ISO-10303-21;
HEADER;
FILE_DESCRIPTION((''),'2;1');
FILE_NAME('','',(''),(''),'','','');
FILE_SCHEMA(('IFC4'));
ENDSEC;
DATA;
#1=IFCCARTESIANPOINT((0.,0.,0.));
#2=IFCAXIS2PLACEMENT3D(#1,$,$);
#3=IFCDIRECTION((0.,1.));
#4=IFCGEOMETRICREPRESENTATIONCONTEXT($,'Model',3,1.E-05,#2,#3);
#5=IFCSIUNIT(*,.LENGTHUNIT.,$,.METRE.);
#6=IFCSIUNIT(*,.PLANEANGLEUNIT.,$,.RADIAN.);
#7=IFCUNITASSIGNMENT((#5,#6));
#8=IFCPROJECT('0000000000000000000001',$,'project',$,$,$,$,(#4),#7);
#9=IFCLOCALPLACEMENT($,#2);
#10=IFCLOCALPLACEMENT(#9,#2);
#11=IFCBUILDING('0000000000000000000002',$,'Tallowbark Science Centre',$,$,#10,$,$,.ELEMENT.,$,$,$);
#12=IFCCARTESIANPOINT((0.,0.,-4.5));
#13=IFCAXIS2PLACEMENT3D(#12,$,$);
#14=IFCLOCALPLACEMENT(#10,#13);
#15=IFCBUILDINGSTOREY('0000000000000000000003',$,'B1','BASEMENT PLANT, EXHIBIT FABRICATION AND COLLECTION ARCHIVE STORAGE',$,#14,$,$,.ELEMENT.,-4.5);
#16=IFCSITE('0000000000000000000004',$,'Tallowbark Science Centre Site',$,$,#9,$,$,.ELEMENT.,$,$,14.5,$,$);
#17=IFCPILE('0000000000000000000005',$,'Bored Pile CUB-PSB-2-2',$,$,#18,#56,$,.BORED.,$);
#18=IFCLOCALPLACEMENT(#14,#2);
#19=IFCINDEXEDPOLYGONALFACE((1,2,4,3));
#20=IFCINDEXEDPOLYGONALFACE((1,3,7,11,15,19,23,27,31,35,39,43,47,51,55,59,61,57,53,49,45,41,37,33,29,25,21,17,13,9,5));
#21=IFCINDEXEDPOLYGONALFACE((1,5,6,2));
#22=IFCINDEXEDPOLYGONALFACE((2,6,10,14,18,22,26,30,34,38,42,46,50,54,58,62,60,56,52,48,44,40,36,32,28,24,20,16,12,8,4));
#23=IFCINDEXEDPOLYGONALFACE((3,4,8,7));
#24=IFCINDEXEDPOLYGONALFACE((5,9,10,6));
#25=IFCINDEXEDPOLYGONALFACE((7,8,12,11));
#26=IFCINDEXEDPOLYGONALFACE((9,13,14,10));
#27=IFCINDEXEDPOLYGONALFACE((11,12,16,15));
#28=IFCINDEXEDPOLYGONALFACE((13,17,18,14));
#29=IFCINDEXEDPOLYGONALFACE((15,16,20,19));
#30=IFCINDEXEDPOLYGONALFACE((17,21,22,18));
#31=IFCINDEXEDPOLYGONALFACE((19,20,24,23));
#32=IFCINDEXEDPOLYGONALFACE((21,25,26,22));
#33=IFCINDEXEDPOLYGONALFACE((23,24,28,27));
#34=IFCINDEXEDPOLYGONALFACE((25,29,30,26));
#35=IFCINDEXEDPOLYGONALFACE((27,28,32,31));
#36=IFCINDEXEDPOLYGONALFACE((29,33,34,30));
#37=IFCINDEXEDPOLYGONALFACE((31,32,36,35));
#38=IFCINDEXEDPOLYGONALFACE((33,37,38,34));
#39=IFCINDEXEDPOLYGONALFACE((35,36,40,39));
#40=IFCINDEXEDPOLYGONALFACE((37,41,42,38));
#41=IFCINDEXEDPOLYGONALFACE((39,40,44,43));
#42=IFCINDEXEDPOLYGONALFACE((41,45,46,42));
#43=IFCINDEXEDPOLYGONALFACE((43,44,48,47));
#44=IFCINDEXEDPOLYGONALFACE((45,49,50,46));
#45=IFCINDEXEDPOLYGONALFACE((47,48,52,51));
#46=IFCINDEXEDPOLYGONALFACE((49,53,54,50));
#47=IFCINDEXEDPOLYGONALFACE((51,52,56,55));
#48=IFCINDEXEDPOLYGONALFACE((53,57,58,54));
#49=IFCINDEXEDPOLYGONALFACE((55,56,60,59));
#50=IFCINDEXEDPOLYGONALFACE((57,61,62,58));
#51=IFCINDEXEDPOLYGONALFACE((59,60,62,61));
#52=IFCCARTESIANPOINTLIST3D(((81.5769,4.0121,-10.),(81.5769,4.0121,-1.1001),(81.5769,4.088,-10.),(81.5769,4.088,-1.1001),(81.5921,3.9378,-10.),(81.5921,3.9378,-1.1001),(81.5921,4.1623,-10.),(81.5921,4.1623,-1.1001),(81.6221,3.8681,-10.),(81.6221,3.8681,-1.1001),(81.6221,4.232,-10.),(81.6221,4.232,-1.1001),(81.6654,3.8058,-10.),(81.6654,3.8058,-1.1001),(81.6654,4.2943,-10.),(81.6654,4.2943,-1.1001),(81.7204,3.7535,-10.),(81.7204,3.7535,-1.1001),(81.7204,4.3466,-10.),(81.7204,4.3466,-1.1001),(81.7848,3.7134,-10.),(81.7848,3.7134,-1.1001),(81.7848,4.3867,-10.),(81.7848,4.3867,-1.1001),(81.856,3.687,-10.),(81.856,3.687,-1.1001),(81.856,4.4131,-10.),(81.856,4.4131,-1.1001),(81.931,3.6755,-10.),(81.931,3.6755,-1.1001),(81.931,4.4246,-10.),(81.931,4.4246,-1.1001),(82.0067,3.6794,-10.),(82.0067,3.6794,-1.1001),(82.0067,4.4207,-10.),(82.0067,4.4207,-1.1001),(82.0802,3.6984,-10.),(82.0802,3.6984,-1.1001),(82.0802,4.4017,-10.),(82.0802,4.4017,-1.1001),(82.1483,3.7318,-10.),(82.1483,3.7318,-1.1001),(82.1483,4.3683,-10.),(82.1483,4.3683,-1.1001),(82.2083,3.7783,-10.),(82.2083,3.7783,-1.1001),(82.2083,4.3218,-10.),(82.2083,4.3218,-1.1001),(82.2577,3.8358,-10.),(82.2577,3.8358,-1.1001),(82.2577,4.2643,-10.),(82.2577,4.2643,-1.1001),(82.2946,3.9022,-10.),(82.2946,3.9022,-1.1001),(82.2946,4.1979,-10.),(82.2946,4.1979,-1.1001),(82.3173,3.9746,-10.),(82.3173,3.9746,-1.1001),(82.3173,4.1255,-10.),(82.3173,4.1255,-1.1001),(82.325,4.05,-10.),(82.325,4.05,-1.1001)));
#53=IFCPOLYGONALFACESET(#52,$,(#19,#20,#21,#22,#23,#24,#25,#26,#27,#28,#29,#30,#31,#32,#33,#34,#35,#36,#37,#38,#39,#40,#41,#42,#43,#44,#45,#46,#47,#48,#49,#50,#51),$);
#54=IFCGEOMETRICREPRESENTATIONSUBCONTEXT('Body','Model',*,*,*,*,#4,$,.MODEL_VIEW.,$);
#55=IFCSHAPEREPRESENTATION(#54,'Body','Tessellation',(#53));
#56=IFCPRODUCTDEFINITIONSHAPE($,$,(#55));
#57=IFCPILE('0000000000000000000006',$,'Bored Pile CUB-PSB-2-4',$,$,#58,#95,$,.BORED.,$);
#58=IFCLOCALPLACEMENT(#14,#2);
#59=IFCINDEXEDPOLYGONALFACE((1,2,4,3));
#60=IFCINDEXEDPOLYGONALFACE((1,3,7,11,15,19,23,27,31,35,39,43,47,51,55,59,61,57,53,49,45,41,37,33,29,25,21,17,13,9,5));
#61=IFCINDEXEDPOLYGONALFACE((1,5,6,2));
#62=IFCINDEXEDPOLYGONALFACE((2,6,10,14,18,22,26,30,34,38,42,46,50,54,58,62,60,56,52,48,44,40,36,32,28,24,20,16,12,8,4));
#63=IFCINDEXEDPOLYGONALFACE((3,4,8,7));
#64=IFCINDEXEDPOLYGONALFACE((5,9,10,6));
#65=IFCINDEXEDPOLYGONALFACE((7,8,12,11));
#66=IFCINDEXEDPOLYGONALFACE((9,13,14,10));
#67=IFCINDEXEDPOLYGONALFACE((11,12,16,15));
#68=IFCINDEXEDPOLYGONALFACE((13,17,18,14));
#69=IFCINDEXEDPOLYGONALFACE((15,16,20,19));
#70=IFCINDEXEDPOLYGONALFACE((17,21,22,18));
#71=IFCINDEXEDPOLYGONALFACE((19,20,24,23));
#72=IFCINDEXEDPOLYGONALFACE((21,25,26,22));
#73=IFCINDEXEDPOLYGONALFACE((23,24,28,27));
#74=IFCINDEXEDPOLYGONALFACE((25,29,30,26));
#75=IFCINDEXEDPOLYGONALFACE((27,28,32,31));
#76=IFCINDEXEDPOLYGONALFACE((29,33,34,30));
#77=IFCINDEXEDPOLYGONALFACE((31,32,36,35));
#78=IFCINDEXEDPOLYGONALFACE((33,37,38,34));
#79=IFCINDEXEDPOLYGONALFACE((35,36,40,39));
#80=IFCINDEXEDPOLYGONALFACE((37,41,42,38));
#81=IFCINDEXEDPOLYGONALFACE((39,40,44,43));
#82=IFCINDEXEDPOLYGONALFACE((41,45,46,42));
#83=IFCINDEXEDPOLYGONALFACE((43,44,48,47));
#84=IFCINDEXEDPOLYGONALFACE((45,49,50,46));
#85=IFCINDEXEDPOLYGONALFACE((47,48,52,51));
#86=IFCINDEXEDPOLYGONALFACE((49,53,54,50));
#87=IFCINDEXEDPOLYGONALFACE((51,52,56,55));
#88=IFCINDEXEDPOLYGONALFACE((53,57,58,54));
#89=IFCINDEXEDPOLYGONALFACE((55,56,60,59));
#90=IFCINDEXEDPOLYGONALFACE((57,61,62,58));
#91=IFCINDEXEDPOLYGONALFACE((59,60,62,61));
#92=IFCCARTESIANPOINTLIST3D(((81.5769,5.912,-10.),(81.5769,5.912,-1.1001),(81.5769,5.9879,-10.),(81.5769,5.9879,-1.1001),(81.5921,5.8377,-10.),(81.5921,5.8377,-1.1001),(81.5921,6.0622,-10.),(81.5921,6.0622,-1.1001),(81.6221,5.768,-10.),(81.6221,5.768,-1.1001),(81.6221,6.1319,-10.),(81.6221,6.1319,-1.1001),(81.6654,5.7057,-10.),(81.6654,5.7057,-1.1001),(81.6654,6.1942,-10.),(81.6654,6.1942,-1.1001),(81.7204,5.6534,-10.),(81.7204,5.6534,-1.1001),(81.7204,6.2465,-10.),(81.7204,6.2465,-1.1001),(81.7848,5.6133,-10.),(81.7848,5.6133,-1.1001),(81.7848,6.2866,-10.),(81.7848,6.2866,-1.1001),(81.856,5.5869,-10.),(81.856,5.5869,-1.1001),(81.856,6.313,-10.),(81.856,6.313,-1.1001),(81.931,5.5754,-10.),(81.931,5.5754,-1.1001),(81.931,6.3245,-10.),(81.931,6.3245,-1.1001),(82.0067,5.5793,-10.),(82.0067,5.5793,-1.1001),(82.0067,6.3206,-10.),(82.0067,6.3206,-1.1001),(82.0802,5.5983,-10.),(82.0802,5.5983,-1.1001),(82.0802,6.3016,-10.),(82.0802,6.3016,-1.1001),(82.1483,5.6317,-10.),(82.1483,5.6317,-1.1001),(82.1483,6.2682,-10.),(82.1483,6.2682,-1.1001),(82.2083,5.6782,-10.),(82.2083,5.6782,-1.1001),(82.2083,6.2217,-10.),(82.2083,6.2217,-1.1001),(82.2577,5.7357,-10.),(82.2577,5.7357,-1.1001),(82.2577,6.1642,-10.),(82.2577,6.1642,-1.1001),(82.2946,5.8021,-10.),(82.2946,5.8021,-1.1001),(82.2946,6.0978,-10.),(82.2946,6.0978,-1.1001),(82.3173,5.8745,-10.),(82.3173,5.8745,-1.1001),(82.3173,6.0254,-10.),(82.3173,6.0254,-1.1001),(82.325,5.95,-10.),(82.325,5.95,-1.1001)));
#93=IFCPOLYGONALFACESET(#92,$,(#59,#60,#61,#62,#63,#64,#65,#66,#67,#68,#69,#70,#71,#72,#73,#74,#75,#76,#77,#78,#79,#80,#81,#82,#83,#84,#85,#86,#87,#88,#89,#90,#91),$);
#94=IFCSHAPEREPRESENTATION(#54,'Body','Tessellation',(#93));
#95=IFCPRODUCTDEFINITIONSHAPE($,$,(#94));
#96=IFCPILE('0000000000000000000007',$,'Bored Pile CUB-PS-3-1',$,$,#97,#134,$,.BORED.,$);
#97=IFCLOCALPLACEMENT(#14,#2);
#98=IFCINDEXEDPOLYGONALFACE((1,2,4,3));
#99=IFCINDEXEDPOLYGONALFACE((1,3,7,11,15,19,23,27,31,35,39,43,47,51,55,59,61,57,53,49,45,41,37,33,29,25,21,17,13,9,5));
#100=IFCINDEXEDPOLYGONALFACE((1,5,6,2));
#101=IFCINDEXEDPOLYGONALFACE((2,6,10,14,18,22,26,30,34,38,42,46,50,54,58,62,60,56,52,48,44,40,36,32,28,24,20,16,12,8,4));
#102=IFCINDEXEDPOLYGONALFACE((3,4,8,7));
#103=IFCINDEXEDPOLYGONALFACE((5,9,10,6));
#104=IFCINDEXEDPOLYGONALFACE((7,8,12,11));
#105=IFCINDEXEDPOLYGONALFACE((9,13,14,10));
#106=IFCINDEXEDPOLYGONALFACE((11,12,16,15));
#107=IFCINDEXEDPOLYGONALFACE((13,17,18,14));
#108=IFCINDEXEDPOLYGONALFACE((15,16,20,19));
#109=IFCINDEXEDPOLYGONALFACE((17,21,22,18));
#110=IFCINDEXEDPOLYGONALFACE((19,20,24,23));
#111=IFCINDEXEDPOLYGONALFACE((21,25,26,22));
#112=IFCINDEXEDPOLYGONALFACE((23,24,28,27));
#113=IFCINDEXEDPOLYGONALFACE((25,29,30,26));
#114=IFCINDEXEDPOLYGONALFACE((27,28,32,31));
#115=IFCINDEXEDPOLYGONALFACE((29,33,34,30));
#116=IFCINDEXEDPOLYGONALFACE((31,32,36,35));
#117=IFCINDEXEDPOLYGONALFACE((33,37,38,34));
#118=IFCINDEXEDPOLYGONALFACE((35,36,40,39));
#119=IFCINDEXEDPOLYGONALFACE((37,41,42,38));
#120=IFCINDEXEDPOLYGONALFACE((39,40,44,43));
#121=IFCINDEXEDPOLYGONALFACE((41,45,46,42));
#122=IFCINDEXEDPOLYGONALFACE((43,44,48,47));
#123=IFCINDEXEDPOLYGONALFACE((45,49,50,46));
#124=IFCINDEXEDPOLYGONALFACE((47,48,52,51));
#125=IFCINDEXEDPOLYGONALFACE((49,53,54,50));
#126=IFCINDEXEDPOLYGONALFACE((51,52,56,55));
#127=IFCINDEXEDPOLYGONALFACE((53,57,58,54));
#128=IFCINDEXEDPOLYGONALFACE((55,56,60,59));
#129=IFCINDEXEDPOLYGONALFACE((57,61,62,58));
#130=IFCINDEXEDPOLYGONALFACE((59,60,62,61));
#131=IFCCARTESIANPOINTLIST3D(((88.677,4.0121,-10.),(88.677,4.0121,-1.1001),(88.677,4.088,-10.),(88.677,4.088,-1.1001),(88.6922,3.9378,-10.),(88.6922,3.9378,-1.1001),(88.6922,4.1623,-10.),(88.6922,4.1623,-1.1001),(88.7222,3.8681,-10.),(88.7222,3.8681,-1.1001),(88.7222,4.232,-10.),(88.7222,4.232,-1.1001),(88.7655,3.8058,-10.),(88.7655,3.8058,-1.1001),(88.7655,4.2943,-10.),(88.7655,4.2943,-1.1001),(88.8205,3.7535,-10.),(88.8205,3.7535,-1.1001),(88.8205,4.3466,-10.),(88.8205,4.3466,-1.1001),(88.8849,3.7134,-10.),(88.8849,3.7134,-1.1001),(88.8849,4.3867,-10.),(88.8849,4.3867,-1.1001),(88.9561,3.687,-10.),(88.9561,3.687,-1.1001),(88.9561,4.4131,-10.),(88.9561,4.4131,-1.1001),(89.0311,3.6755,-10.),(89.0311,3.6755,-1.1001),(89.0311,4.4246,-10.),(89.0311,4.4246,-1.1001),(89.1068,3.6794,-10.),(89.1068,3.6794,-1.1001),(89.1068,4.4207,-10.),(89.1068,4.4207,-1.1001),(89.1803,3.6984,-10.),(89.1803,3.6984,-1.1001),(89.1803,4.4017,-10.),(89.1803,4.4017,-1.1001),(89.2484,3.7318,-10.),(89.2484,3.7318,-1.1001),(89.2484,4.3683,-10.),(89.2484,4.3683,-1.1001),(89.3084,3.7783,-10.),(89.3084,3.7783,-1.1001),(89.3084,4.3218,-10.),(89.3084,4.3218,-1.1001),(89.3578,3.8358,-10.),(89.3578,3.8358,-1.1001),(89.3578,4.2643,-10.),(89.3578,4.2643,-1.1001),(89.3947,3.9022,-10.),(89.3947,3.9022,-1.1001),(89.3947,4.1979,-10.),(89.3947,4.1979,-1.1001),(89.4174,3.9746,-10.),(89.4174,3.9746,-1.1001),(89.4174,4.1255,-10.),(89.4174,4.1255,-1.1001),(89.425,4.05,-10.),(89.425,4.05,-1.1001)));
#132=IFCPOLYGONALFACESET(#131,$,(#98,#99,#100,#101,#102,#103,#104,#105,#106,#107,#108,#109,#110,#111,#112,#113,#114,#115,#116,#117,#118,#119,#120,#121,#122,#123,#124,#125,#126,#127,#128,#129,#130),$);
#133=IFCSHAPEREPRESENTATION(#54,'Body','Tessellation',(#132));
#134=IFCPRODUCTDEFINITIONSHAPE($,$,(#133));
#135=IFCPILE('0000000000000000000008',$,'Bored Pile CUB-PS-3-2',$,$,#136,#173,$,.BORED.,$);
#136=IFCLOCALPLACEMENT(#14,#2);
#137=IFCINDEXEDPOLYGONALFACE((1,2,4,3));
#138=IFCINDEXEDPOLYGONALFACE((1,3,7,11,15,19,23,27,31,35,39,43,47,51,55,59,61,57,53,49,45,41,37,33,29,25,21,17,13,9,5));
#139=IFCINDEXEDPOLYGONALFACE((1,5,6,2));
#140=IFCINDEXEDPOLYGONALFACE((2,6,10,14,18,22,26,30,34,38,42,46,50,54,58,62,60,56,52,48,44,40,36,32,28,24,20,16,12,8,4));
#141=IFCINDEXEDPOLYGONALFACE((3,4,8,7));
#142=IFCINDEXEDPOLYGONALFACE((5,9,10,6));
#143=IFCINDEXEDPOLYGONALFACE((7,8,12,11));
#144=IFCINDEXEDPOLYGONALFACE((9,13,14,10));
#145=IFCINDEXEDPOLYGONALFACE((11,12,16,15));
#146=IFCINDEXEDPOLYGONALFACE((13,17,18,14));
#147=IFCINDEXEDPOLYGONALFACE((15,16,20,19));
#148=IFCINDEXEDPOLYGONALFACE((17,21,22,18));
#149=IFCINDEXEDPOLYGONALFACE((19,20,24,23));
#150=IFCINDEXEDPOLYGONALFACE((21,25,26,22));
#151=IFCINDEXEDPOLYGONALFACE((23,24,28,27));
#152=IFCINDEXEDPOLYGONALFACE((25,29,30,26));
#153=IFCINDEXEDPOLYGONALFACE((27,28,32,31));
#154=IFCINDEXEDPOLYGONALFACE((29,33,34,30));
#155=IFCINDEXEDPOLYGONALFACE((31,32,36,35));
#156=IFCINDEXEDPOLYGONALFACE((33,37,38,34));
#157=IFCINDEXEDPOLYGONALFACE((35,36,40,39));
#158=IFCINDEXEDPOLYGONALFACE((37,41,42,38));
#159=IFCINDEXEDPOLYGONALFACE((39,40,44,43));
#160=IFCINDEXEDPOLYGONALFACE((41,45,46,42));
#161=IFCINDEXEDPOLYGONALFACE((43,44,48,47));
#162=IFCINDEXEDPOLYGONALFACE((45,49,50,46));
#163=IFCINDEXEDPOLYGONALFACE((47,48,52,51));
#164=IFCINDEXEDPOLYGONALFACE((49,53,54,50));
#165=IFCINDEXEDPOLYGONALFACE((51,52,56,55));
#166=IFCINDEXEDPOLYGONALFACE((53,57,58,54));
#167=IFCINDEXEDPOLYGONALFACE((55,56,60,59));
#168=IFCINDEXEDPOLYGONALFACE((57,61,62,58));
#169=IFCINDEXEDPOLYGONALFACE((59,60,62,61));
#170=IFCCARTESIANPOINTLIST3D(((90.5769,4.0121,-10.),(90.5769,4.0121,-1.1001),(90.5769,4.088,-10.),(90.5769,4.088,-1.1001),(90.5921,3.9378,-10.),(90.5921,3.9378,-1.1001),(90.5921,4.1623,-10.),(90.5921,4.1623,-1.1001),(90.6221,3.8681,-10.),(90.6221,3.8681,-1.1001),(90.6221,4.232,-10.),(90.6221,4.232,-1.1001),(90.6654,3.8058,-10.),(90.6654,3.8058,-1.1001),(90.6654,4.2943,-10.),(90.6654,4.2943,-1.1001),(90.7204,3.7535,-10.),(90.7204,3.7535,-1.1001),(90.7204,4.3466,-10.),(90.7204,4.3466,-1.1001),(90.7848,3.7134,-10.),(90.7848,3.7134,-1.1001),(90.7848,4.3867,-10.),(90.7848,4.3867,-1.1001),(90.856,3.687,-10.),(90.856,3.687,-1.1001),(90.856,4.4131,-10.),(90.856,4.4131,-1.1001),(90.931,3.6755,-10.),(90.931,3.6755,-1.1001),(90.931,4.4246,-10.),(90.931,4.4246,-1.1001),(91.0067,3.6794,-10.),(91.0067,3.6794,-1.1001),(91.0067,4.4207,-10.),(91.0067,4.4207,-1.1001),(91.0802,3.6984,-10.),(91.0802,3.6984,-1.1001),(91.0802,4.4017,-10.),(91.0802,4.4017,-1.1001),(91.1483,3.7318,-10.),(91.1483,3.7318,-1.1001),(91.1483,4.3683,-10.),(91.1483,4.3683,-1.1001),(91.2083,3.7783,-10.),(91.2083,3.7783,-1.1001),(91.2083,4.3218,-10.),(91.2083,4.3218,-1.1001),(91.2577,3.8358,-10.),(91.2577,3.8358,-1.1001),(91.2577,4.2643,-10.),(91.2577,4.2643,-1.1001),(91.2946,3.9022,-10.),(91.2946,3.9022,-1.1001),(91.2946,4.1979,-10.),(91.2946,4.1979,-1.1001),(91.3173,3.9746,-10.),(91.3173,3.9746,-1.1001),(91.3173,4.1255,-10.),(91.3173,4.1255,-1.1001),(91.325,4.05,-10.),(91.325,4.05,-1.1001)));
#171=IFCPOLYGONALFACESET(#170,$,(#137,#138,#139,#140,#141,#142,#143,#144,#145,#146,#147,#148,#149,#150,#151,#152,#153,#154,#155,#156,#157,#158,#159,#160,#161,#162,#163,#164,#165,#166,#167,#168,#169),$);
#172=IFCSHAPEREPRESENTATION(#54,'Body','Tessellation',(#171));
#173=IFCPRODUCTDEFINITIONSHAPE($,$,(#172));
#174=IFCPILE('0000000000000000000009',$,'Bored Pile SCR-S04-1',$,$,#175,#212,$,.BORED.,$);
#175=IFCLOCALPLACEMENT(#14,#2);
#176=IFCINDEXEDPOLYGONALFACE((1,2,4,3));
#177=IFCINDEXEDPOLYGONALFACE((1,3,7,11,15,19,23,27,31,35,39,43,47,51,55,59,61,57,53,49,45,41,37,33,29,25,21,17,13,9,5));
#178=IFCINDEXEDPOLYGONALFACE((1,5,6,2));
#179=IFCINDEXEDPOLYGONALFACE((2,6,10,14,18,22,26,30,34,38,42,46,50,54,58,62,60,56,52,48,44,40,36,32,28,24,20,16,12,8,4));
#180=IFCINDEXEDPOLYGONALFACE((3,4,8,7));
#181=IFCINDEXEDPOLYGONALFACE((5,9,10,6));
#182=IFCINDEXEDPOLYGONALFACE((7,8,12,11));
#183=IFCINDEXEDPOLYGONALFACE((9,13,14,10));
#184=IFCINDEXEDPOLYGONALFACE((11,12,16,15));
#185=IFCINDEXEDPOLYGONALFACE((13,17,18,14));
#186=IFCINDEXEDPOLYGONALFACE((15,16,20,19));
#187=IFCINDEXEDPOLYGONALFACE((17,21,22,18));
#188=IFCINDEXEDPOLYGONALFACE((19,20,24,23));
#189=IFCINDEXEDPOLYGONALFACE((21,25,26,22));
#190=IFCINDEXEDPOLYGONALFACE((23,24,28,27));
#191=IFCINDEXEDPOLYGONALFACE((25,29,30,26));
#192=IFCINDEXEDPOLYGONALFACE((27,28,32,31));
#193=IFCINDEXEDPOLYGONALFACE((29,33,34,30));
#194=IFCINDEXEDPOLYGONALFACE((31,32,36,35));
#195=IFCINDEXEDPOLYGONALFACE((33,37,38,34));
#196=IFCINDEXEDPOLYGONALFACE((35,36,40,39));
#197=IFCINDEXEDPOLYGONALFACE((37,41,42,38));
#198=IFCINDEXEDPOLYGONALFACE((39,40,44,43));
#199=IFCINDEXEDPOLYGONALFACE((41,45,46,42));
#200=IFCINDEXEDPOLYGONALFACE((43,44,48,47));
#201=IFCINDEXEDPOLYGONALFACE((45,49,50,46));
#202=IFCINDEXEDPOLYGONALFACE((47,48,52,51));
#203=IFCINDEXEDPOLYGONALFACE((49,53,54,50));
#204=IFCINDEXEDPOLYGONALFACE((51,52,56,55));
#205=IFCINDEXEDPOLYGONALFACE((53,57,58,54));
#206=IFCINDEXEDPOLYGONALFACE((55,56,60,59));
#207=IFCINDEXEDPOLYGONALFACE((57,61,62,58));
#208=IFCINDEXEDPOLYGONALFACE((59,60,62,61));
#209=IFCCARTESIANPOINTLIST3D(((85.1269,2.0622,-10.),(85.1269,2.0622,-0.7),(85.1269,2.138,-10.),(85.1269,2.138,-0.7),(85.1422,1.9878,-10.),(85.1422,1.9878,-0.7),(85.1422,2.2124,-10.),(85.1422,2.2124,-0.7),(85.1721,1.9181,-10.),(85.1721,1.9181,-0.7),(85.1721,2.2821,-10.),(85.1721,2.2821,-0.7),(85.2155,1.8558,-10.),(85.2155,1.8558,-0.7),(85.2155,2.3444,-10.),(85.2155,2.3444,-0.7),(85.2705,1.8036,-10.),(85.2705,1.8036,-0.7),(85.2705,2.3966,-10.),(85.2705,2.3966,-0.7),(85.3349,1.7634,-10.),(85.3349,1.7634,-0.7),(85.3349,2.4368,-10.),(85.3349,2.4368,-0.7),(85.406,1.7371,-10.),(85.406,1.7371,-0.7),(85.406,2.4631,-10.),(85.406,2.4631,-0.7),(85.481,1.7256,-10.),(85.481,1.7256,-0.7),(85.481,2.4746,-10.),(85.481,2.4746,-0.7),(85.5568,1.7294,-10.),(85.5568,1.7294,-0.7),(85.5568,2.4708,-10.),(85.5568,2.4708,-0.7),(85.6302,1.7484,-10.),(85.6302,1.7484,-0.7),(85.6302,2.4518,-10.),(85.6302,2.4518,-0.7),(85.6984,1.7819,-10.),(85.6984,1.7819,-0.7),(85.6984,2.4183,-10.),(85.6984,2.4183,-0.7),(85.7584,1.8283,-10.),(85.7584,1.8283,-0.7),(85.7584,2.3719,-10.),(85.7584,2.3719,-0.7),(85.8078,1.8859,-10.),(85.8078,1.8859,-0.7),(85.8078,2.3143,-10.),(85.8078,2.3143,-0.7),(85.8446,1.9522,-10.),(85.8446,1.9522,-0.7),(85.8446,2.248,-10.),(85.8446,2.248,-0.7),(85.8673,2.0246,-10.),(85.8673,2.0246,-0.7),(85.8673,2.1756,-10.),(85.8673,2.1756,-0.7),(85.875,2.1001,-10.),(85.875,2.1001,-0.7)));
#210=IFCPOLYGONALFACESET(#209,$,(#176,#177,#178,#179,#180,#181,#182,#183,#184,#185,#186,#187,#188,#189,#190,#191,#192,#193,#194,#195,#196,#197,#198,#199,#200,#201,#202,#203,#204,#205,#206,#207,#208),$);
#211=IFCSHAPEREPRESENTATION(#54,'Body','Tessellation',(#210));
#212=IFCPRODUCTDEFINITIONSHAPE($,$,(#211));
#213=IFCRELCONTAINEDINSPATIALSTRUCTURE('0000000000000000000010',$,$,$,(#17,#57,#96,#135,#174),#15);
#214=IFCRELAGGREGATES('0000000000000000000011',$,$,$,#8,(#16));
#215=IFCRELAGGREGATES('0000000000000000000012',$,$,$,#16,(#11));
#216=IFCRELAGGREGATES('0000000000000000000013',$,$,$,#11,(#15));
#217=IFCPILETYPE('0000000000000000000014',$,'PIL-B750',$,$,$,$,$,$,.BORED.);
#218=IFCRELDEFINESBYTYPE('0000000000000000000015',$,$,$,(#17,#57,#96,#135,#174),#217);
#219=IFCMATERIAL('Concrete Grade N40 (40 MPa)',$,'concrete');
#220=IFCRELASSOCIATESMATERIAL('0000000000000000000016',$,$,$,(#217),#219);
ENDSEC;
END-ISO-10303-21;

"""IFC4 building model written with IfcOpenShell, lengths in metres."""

from ifc_helpers import new_model, si_unit, direction, frame, origin, origin_2d, place, context, subcontext, project, spatial, circle, extrude, material, material_profile, profile_set, type_object, element, save


model = new_model("IFC4")

# Units and contexts
model_context = context("Model", 3, precision=1e-05, world=origin(), true_north=direction((0.0, 1.0)))
body_context = subcontext(model_context, "Body", "Model", "MODEL_VIEW")
ifc_project = project(units=[si_unit("LENGTHUNIT", "METRE"), si_unit("PLANEANGLEUNIT", "RADIAN")], contexts=[model_context])

# Site, building, storey
site_placement = place(None, origin())
site = spatial("IfcSite", under=ifc_project, at=site_placement, Name="Tallowbark Science Centre Site", CompositionType="ELEMENT", RefElevation=14.5)
building_placement = place(site_placement, origin())
building = spatial("IfcBuilding", under=site, at=building_placement, Name="Tallowbark Science Centre", CompositionType="ELEMENT")
storey_placement = place(building_placement, frame((0.0, 0.0, -4.5)))
storey = spatial("IfcBuildingStorey", under=building, at=storey_placement, Name="B1", Description="BASEMENT PLANT, EXHIBIT FABRICATION AND COLLECTION ARCHIVE STORAGE", CompositionType="ELEMENT", Elevation=-4.5)

# Shared definitions
ifc_material_1 = material(Name="Concrete Grade N40 (40 MPa)", Category="concrete")

# Piles
ifc_material_profile_1 = material_profile(ifc_material_1, circle(Radius=0.375, at=origin_2d()), Name="PILE750")
ifc_profile_set_1 = profile_set([ifc_material_profile_1], Name="Concrete Grade N40 (40 MPa)")
pile_type = type_object("IfcPileType", Name="PIL-B750", PredefinedType="BORED", material=ifc_profile_set_1)
for number, where, z_axis, x_axis, name in (
    (1, (81.95, 4.05, -1.1001), (0.0, 0.0, -1.0), (1.0, 0.0, 0.0), "Bored Pile CUB-PSB-2-2"),
    (2, (81.95, 5.95, -1.1001), (0.0, 0.0, -1.0), (1.0, 0.0, 0.0), "Bored Pile CUB-PSB-2-4"),
    (3, (89.05, 4.05, -1.1001), (0.0, 0.0, -1.0), (1.0, 0.0, 0.0), "Bored Pile CUB-PS-3-1"),
    (4, (90.95, 4.05, -1.1001), (0.0, 0.0, -1.0), (1.0, 0.0, 0.0), "Bored Pile CUB-PS-3-2"),
):
    element("IfcPile", number, at=place(storey_placement, frame(where, z_axis=z_axis, x_axis=x_axis)), inside=storey, type_object=pile_type, Name=name, PredefinedType="BORED", context=body_context, shape_type="SweptSolid", body=[
        extrude(circle(Radius=0.375, at=origin_2d()), origin(), (0.0, 0.0, 1.0), 8.8999),
    ])
pile_placement = place(storey_placement, frame((85.5, 2.1001, -0.7), z_axis=(0.0, 0.0, -1.0), x_axis=(1.0, 0.0, 0.0)))
element("IfcPile", 5, at=pile_placement, inside=storey, type_object=pile_type, Name="Bored Pile SCR-S04-1", PredefinedType="BORED", context=body_context, shape_type="SweptSolid", body=[
    extrude(circle(Radius=0.375, at=origin_2d()), origin(), (0.0, 0.0, 1.0), 9.3),
])

save(model, "model.ifc")
